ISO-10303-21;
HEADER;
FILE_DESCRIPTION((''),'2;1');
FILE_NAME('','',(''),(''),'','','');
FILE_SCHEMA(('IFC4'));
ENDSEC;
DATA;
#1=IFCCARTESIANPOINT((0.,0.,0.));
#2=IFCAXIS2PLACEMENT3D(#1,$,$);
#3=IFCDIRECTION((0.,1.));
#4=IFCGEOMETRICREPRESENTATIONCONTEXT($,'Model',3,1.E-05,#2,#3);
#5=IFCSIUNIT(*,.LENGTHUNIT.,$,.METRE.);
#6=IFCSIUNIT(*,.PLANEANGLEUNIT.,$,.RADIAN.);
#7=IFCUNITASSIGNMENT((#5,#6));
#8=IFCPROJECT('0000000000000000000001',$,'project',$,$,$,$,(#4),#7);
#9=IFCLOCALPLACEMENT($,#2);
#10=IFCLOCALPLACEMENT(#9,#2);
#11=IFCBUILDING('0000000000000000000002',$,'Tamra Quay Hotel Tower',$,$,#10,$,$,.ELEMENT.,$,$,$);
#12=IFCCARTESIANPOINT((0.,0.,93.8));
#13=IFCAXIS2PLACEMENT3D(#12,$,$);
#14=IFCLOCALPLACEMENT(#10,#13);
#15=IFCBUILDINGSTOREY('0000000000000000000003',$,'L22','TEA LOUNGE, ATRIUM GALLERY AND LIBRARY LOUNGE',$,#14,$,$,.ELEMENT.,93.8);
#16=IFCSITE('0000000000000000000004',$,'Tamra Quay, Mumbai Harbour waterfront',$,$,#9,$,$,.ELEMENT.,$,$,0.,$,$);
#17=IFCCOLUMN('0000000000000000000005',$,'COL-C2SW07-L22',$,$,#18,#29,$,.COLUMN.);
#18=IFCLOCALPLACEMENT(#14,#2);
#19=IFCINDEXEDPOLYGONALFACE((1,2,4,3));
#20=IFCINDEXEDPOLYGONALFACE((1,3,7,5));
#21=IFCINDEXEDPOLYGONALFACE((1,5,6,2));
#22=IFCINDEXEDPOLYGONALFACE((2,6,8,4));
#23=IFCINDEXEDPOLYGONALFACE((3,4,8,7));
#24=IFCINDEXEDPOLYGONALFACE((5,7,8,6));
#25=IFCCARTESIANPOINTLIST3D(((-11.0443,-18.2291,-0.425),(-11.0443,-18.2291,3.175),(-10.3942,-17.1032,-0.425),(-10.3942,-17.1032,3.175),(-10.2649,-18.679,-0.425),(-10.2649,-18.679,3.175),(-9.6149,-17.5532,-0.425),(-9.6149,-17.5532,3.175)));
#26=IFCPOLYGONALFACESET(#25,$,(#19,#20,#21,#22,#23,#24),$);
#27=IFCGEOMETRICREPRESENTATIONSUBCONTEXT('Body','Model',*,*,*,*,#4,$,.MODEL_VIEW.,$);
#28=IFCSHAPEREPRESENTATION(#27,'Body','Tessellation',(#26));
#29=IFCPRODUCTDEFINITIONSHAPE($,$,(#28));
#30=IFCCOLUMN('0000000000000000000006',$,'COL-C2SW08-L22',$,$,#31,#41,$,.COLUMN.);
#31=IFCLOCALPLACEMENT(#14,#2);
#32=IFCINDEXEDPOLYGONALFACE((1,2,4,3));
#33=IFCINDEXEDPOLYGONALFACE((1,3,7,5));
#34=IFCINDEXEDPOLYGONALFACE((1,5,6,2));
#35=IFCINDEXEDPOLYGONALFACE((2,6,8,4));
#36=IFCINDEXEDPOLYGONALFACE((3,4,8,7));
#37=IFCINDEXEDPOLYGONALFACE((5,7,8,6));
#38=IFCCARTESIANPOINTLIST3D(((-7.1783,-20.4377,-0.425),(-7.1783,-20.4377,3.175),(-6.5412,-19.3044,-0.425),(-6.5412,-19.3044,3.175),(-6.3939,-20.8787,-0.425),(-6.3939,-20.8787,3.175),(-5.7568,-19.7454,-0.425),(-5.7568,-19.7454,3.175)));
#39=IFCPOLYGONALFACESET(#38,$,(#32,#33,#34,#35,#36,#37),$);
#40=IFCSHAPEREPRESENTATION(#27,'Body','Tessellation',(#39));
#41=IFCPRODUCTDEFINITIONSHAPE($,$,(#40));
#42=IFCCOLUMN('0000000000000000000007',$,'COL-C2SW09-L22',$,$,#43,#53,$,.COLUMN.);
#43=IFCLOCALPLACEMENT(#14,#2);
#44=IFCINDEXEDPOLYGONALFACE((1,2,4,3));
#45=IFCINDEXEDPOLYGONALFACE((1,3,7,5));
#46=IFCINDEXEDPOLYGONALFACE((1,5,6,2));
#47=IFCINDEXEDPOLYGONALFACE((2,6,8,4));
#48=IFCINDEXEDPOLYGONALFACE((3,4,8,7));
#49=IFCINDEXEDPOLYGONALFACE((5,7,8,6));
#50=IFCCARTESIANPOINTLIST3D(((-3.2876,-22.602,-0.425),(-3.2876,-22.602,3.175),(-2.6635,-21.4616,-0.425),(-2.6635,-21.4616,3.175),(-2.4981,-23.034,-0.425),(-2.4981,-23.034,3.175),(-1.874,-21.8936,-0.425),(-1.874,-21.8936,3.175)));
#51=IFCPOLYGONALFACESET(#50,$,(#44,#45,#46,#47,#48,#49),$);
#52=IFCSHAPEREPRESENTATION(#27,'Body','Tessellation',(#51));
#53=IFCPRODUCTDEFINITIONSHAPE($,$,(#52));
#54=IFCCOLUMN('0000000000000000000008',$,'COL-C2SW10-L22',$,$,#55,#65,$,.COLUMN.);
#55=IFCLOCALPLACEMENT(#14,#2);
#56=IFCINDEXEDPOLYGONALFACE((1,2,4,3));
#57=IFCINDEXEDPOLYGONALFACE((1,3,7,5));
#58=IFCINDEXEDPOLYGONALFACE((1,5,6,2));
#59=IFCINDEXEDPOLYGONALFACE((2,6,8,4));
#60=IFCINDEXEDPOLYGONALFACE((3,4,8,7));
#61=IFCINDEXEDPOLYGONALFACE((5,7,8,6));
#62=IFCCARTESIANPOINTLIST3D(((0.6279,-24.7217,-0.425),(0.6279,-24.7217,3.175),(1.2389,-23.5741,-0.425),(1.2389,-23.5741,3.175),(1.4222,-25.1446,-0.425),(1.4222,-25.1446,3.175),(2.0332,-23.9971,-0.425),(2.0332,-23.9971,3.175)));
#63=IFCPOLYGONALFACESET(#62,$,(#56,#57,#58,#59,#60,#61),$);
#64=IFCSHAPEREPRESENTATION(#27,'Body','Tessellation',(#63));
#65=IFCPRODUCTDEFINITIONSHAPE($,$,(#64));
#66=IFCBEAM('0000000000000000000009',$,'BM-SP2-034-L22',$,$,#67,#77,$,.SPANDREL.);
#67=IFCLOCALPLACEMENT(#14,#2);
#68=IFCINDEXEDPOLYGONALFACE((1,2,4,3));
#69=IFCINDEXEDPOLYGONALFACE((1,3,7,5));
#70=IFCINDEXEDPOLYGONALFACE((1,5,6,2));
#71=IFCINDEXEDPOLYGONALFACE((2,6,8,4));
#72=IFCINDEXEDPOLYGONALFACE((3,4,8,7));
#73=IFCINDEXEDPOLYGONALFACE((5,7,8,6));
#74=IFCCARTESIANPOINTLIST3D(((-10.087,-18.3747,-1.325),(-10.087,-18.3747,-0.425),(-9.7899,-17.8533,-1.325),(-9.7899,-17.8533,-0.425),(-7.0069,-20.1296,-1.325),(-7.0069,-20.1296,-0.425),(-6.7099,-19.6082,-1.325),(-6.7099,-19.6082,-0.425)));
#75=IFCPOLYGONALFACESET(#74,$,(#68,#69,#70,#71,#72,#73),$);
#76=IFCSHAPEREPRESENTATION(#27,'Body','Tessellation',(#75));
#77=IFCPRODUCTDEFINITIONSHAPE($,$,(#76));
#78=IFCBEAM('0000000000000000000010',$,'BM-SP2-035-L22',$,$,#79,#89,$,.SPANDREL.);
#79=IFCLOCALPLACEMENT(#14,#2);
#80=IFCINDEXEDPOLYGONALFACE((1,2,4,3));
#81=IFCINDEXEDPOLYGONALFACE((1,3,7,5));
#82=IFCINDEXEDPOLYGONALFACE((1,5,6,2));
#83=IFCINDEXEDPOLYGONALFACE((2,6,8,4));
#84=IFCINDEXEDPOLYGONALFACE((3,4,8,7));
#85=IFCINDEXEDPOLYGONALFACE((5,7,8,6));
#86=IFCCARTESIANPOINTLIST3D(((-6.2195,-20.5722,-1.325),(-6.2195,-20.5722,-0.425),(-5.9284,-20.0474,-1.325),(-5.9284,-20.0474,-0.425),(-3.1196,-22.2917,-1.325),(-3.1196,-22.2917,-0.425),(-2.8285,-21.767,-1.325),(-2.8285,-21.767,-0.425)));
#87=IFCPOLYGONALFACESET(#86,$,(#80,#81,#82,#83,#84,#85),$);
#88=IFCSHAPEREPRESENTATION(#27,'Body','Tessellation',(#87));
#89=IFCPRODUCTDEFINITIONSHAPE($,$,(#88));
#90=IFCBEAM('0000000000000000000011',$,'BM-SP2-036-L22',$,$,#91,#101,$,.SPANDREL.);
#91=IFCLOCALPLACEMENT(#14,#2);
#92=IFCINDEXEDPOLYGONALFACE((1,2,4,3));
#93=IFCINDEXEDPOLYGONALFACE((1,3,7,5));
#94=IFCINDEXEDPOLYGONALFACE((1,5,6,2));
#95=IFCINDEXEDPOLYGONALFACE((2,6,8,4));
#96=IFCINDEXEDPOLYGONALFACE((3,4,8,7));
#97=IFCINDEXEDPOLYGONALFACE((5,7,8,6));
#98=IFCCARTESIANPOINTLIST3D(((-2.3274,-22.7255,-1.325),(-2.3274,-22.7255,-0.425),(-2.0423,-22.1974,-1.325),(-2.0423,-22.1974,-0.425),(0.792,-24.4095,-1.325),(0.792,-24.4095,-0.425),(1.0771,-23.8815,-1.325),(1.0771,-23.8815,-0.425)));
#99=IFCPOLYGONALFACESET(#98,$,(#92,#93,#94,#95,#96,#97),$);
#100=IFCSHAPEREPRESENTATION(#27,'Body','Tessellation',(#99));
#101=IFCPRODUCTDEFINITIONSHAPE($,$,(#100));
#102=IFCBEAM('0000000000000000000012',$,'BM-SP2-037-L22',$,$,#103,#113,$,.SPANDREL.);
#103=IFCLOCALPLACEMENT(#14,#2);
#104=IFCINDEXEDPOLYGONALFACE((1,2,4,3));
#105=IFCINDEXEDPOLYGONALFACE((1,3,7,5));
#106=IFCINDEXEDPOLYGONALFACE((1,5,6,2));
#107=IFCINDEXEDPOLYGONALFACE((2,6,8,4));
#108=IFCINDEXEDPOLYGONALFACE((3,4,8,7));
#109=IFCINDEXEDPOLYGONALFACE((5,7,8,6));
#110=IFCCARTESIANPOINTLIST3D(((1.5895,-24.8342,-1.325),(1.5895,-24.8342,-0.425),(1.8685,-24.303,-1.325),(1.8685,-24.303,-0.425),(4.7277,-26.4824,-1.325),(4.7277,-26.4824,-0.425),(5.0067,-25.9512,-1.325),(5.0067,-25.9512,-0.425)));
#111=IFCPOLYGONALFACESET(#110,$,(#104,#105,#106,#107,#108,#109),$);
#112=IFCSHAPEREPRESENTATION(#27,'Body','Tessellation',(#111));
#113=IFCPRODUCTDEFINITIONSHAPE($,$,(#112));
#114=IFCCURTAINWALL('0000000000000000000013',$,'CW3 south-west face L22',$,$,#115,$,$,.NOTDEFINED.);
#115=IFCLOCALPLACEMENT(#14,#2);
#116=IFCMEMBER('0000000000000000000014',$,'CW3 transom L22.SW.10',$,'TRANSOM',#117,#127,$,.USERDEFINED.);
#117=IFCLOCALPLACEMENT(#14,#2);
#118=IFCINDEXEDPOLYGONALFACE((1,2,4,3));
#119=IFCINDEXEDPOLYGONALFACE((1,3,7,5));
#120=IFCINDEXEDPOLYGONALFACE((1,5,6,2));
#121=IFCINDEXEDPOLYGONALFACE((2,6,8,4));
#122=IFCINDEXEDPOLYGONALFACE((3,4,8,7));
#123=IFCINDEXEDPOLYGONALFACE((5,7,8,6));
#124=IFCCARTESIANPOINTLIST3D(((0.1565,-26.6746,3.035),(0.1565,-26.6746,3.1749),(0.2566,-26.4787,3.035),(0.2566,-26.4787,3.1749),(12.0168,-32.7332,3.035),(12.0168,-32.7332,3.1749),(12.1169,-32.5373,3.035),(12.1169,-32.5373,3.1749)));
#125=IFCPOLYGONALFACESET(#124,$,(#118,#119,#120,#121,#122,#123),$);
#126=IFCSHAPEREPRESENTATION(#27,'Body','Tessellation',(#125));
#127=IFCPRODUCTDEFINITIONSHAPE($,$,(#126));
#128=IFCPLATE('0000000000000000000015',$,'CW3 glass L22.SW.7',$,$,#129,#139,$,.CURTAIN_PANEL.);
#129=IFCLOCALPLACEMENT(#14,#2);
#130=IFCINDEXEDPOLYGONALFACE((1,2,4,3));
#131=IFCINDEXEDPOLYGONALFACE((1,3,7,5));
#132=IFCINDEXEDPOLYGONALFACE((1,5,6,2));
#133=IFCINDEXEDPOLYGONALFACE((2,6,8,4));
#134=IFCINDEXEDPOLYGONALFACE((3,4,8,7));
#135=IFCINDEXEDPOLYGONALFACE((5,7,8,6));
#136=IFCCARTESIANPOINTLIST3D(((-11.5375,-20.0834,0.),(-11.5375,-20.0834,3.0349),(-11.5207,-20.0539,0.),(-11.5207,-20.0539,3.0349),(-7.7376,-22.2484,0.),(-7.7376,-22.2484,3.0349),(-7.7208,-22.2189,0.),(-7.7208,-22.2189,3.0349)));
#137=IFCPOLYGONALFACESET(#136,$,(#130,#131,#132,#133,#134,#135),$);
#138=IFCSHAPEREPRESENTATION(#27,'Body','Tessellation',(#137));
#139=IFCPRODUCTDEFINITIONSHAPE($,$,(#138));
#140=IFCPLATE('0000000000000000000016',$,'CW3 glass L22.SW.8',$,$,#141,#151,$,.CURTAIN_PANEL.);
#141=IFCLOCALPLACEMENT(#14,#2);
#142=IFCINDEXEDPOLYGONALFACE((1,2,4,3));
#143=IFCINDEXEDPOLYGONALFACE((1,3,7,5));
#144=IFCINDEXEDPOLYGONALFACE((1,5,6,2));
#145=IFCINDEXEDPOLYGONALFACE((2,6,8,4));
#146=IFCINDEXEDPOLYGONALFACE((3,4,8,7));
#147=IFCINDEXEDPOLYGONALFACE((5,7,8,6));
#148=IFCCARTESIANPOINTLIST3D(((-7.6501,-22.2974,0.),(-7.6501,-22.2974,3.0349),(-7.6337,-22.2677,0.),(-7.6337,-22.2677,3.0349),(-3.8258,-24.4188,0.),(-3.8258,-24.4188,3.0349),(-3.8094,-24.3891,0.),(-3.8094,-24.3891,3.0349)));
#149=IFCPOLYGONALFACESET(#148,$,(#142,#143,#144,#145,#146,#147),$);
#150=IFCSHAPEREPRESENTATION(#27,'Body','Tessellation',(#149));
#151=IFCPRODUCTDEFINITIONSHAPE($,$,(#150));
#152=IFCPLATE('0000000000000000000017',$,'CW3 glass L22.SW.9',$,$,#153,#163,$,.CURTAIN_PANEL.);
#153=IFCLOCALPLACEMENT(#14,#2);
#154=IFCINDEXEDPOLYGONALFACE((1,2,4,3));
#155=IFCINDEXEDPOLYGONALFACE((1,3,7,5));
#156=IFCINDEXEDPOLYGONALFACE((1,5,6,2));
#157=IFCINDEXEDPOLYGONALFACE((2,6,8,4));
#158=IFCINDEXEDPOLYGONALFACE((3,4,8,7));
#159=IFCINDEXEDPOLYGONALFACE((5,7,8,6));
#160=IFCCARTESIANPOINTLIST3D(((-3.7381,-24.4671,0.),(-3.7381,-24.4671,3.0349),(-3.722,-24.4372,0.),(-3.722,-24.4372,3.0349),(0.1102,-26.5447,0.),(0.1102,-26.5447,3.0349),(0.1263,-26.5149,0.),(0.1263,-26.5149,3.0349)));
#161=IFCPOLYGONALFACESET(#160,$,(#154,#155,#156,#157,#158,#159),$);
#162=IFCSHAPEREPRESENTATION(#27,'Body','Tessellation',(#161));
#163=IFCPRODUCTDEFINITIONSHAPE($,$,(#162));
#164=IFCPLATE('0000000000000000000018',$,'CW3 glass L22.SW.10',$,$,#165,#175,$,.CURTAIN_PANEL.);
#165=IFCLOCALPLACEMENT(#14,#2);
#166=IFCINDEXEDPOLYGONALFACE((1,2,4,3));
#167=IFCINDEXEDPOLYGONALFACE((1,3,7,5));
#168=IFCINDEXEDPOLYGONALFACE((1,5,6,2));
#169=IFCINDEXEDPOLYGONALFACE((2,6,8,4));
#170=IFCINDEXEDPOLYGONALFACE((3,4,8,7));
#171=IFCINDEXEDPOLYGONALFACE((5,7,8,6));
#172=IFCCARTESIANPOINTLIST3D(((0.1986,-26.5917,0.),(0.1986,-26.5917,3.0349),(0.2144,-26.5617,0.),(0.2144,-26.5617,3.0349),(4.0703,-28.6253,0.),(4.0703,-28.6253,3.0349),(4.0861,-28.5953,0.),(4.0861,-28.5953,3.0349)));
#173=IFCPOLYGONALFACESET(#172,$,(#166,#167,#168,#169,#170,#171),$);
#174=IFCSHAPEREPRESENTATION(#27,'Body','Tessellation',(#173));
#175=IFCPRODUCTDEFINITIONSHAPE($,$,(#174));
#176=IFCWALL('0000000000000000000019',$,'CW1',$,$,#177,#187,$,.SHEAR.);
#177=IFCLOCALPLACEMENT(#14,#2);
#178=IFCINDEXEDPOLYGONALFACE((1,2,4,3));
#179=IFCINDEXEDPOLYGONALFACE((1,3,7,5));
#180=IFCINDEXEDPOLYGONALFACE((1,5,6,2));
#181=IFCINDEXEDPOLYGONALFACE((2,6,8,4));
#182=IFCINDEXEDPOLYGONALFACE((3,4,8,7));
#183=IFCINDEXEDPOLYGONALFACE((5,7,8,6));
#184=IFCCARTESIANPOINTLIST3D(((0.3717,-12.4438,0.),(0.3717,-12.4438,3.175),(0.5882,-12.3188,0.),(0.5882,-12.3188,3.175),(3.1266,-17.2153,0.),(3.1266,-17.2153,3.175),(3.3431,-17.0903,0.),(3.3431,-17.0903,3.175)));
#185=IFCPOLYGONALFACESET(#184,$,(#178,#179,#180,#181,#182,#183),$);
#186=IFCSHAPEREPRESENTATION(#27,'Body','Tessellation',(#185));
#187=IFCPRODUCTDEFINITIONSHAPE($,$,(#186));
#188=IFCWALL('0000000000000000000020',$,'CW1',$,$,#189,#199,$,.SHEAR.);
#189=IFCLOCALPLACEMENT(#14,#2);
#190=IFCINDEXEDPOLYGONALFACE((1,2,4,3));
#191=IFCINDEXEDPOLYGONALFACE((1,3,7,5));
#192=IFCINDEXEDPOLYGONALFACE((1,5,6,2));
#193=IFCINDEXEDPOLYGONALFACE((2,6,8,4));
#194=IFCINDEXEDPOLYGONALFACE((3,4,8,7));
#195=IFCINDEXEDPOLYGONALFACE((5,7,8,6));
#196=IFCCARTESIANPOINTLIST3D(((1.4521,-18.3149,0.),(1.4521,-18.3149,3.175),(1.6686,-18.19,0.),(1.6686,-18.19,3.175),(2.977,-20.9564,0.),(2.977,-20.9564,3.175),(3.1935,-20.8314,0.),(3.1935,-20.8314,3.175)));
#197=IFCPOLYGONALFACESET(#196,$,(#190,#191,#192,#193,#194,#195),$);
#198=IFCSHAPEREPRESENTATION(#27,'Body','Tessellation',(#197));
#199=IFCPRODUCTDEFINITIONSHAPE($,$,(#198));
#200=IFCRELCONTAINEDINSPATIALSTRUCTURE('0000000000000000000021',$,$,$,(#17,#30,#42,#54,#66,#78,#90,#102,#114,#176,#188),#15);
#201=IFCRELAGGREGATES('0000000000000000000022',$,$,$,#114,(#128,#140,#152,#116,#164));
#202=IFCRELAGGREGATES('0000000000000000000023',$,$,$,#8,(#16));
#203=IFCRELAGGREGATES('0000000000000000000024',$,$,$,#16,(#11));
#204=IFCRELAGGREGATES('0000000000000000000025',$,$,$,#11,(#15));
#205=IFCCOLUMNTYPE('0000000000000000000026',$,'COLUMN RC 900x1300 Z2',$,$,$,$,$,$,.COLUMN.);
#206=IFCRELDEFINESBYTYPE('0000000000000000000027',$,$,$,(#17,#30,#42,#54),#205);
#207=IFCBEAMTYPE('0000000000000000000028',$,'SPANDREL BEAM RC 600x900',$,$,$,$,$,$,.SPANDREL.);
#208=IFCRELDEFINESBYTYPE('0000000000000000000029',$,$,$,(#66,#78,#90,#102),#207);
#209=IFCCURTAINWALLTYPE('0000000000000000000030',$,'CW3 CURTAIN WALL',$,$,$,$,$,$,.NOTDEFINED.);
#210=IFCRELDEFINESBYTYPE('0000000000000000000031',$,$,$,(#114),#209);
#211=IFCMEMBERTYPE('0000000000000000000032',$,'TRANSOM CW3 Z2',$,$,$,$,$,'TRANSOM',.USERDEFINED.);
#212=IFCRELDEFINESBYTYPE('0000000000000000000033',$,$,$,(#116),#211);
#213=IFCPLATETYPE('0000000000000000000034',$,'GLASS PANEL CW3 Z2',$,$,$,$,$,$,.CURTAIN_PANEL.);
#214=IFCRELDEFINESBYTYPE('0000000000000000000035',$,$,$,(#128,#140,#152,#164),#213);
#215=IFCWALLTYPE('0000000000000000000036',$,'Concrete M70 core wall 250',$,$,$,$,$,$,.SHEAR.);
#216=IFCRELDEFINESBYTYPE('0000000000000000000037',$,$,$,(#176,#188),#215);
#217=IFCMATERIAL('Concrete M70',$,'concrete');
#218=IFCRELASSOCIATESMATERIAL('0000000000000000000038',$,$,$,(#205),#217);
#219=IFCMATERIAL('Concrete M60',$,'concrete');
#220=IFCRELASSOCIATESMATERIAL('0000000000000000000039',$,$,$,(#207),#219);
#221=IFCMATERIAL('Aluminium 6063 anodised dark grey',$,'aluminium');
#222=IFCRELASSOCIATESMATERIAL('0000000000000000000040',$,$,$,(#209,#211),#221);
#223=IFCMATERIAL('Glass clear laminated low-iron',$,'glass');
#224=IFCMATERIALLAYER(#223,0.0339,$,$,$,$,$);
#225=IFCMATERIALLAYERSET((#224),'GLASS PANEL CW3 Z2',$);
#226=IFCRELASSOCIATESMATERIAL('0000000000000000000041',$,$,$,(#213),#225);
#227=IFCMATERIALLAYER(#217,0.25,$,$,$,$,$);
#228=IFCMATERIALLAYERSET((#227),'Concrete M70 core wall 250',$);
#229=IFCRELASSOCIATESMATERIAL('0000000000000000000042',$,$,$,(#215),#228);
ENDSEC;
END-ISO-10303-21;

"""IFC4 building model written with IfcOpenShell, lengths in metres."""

from ifc_helpers import new_model, si_unit, direction, frame, frame_2d, origin, origin_2d, place, context, subcontext, project, spatial, rectangle, extrude, material, layer, layer_set, material_profile, profile_set, type_object, element, aggregate, save


model = new_model("IFC4")

# Units and contexts
model_context = context("Model", 3, precision=1e-05, world=origin(), true_north=direction((0.0, 1.0)))
body_context = subcontext(model_context, "Body", "Model", "MODEL_VIEW")
ifc_project = project(units=[si_unit("LENGTHUNIT", "METRE"), si_unit("PLANEANGLEUNIT", "RADIAN")], contexts=[model_context])

# Site, building, storey
site_placement = place(None, origin())
site = spatial("IfcSite", under=ifc_project, at=site_placement, Name="Tamra Quay, Mumbai Harbour waterfront", CompositionType="ELEMENT", RefElevation=0.0)
building_placement = place(site_placement, origin())
building = spatial("IfcBuilding", under=site, at=building_placement, Name="Tamra Quay Hotel Tower", CompositionType="ELEMENT")
storey_placement = place(building_placement, frame((0.0, 0.0, 93.8)))
storey = spatial("IfcBuildingStorey", under=building, at=storey_placement, Name="L22", Description="TEA LOUNGE, ATRIUM GALLERY AND LIBRARY LOUNGE", CompositionType="ELEMENT", Elevation=93.8)

# Columns
ifc_material_1 = material(Name="Concrete M70", Category="concrete")
ifc_material_profile_1 = material_profile(ifc_material_1, rectangle(XDim=1.3, YDim=0.8999, at=origin_2d()), Name="COLUMN RC 900x1300 Z2")
ifc_profile_set_1 = profile_set([ifc_material_profile_1], Name="Concrete M70")
column_type = type_object("IfcColumnType", Name="COLUMN RC 900x1300 Z2", PredefinedType="COLUMN", material=ifc_profile_set_1)
for number, where, z_axis, x_axis, name in (
    (1, (-10.3296, -17.8911, -0.425), (0.0, 0.0, 1.0), (0.5, 0.866025, 0.0), "COL-C2SW07-L22"),
    (2, (-6.4675, -20.0916, -0.425), (0.0, 0.0, 1.0), (0.490061, 0.871688, 0.0), "COL-C2SW08-L22"),
    (3, (-2.5808, -22.2478, -0.425), (0.0, 0.0, 1.0), (0.48006, 0.877236, 0.0), "COL-C2SW09-L22"),
    (4, (1.3306, -24.3594, -0.425), (0.0, 0.0, 1.0), (0.470002, 0.882666, 0.0), "COL-C2SW10-L22"),
):
    element("IfcColumn", number, at=place(storey_placement, frame(where, z_axis=z_axis, x_axis=x_axis)), inside=storey, type_object=column_type, Name=name, PredefinedType="COLUMN", context=body_context, shape_type="SweptSolid", body=[
        extrude(rectangle(XDim=1.3, YDim=0.8999, at=origin_2d()), origin(), (0.0, 0.0, 1.0), 3.6001),
    ])

# Beams
ifc_material_2 = material(Name="Concrete M60", Category="concrete")
ifc_material_profile_2 = material_profile(ifc_material_2, rectangle(XDim=0.6001, YDim=0.8999, at=origin_2d()), Name="SPANDREL BEAM RC 600x900")
ifc_profile_set_2 = profile_set([ifc_material_profile_2], Name="Concrete M60")
beam_type = type_object("IfcBeamType", Name="SPANDREL BEAM RC 600x900", PredefinedType="SPANDREL", material=ifc_profile_set_2)
for number, where, z_axis, x_axis, name in (
    (5, (-9.9385, -18.114, -0.875), (0.86887, -0.495041, 0.0), (0.495041, 0.86887, 0.0), "BM-SP2-034-L22"),
    (6, (-6.074, -20.3098, -0.875), (0.874475, -0.48507, 0.0), (0.48507, 0.874475, 0.0), "BM-SP2-035-L22"),
    (7, (-2.1848, -22.4614, -0.875), (0.879951, -0.475065, 0.0), (0.475065, 0.879951, 0.0), "BM-SP2-036-L22"),
):
    element("IfcBeam", number, at=place(storey_placement, frame(where, z_axis=z_axis, x_axis=x_axis)), inside=storey, type_object=beam_type, Name=name, PredefinedType="SPANDREL", context=body_context, shape_type="SweptSolid", body=[
        extrude(rectangle(XDim=0.6001, YDim=0.8999, at=origin_2d()), origin(), (0.0, 0.0, 1.0), 3.5449),
    ])
beam_placement = place(storey_placement, frame((1.729, -24.5686, -0.875), z_axis=(0.885323, -0.464977, 0.0), x_axis=(0.464977, 0.885323, 0.0)))
element("IfcBeam", 8, at=beam_placement, inside=storey, type_object=beam_type, Name="BM-SP2-037-L22", PredefinedType="SPANDREL", context=body_context, shape_type="SweptSolid", body=[
    extrude(rectangle(XDim=0.6001, YDim=0.8999, at=origin_2d()), origin(), (0.0, 0.0, 1.0), 3.5447),
])

# Curtain wall, member, plates
ifc_material_3 = material(Name="Aluminium 6063 anodised dark grey", Category="aluminium")
curtain_wall_type = type_object("IfcCurtainWallType", Name="CW3 CURTAIN WALL", PredefinedType="NOTDEFINED", material=ifc_material_3)
curtain_wall_placement = place(storey_placement, origin())
curtain_wall = element("IfcCurtainWall", 9, at=curtain_wall_placement, inside=storey, type_object=curtain_wall_type, Name="CW3 south-west face L22", PredefinedType="NOTDEFINED")
ifc_material_profile_3 = material_profile(ifc_material_3, rectangle(XDim=0.22, YDim=0.1399, at=origin_2d()), Name="TRANSOM 220X140")
ifc_profile_set_3 = profile_set([ifc_material_profile_3], Name="Aluminium 6063 anodised dark grey")
member_type = type_object("IfcMemberType", Name="TRANSOM CW3 Z2", ElementType="TRANSOM", PredefinedType="USERDEFINED", material=ifc_profile_set_3)
member_placement = place(storey_placement, frame((0.2065, -26.5767, 3.105), z_axis=(0.890537, -0.454911, 0.0), x_axis=(0.454911, 0.890537, 0.0)))
member = element("IfcMember", 10, at=member_placement, type_object=member_type, Name="CW3 transom L22.SW.10", ObjectType="TRANSOM", PredefinedType="USERDEFINED", context=body_context, shape_type="SweptSolid", body=[
    extrude(rectangle(XDim=0.22, YDim=0.1399, at=origin_2d()), origin(), (0.0, 0.0, 1.0), 13.3181),
])
ifc_material_4 = material(Name="Glass clear laminated low-iron", Category="glass")
ifc_layer_1 = layer(ifc_material_4, 0.0339)
ifc_layer_set_1 = layer_set([ifc_layer_1], Name="GLASS PANEL CW3 Z2")
plate_type = type_object("IfcPlateType", Name="GLASS PANEL CW3 Z2", PredefinedType="CURTAIN_PANEL", material=ifc_layer_set_1)
plate_1_placement = place(storey_placement, frame((-9.6292, -21.1511, 0.0), z_axis=(0.0, 0.0, 1.0), x_axis=(0.868868, -0.495045, 0.0)))
plate_1 = element("IfcPlate", 11, at=plate_1_placement, type_object=plate_type, Name="CW3 glass L22.SW.7", PredefinedType="CURTAIN_PANEL", context=body_context, shape_type="SweptSolid", body=[
    extrude(rectangle(XDim=4.3733, YDim=0.0339, at=origin_2d()), origin(), (0.0, 0.0, 1.0), 3.0349),
])
plate_2_placement = place(storey_placement, frame((-5.7297, -23.3433, 0.0), z_axis=(0.0, 0.0, 1.0), x_axis=(0.874465, -0.485088, 0.0)))
plate_2 = element("IfcPlate", 12, at=plate_2_placement, type_object=plate_type, Name="CW3 glass L22.SW.8", PredefinedType="CURTAIN_PANEL", context=body_context, shape_type="SweptSolid", body=[
    extrude(rectangle(XDim=4.3733, YDim=0.0339, at=origin_2d()), origin(), (0.0, 0.0, 1.0), 3.0349),
])
plate_3_placement = place(storey_placement, frame((-1.8059, -25.491, 0.0), z_axis=(0.0, 0.0, 1.0), x_axis=(0.879946, -0.475074, 0.0)))
plate_3 = element("IfcPlate", 13, at=plate_3_placement, type_object=plate_type, Name="CW3 glass L22.SW.9", PredefinedType="CURTAIN_PANEL", context=body_context, shape_type="SweptSolid", body=[
    extrude(rectangle(XDim=4.3733, YDim=0.0339, at=origin_2d()), origin(), (0.0, 0.0, 1.0), 3.0349),
])
plate_4_placement = place(storey_placement, frame((2.1423, -27.5935, 0.0), z_axis=(0.0, 0.0, 1.0), x_axis=(0.885306, -0.465009, 0.0)))
plate_4 = element("IfcPlate", 14, at=plate_4_placement, type_object=plate_type, Name="CW3 glass L22.SW.10", PredefinedType="CURTAIN_PANEL", context=body_context, shape_type="SweptSolid", body=[
    extrude(rectangle(XDim=4.3733, YDim=0.0339, at=origin_2d()), origin(), (0.0, 0.0, 1.0), 3.0349),
])
aggregate(curtain_wall, [plate_1, plate_2, plate_3, member, plate_4])

# Walls
ifc_layer_2 = layer(ifc_material_1, 0.25)
ifc_layer_set_2 = layer_set([ifc_layer_2], Name="Concrete M70 core wall 250")
wall_type_1 = type_object("IfcWallType", Name="Concrete M70 core wall 250", PredefinedType="SHEAR", material=ifc_layer_set_2)
wall_1_placement = place(storey_placement, frame((3.2349, -17.1528, 0.0), z_axis=(0.0, 0.0, 1.0), x_axis=(-0.500009, 0.86602, 0.0)))
element("IfcWall", 15, at=wall_1_placement, inside=storey, type_object=wall_type_1, Name="CW1", PredefinedType="SHEAR", context=body_context, shape_type="SweptSolid", body=[
    extrude(rectangle(XDim=5.5098, YDim=0.25, at=frame_2d((2.7549, 0.0))), origin(), (0.0, 0.0, 1.0), 3.175),
])
wall_2_placement = place(storey_placement, frame((3.0852, -20.8938, 0.0), z_axis=(0.0, 0.0, 1.0), x_axis=(-0.499979, 0.866038, 0.0)))
element("IfcWall", 16, at=wall_2_placement, inside=storey, type_object=wall_type_1, Name="CW1", PredefinedType="SHEAR", context=body_context, shape_type="SweptSolid", body=[
    extrude(rectangle(XDim=3.05, YDim=0.25, at=frame_2d((1.5249, 0.0))), origin(), (0.0, 0.0, 1.0), 3.175),
])

save(model, "model.ifc")
